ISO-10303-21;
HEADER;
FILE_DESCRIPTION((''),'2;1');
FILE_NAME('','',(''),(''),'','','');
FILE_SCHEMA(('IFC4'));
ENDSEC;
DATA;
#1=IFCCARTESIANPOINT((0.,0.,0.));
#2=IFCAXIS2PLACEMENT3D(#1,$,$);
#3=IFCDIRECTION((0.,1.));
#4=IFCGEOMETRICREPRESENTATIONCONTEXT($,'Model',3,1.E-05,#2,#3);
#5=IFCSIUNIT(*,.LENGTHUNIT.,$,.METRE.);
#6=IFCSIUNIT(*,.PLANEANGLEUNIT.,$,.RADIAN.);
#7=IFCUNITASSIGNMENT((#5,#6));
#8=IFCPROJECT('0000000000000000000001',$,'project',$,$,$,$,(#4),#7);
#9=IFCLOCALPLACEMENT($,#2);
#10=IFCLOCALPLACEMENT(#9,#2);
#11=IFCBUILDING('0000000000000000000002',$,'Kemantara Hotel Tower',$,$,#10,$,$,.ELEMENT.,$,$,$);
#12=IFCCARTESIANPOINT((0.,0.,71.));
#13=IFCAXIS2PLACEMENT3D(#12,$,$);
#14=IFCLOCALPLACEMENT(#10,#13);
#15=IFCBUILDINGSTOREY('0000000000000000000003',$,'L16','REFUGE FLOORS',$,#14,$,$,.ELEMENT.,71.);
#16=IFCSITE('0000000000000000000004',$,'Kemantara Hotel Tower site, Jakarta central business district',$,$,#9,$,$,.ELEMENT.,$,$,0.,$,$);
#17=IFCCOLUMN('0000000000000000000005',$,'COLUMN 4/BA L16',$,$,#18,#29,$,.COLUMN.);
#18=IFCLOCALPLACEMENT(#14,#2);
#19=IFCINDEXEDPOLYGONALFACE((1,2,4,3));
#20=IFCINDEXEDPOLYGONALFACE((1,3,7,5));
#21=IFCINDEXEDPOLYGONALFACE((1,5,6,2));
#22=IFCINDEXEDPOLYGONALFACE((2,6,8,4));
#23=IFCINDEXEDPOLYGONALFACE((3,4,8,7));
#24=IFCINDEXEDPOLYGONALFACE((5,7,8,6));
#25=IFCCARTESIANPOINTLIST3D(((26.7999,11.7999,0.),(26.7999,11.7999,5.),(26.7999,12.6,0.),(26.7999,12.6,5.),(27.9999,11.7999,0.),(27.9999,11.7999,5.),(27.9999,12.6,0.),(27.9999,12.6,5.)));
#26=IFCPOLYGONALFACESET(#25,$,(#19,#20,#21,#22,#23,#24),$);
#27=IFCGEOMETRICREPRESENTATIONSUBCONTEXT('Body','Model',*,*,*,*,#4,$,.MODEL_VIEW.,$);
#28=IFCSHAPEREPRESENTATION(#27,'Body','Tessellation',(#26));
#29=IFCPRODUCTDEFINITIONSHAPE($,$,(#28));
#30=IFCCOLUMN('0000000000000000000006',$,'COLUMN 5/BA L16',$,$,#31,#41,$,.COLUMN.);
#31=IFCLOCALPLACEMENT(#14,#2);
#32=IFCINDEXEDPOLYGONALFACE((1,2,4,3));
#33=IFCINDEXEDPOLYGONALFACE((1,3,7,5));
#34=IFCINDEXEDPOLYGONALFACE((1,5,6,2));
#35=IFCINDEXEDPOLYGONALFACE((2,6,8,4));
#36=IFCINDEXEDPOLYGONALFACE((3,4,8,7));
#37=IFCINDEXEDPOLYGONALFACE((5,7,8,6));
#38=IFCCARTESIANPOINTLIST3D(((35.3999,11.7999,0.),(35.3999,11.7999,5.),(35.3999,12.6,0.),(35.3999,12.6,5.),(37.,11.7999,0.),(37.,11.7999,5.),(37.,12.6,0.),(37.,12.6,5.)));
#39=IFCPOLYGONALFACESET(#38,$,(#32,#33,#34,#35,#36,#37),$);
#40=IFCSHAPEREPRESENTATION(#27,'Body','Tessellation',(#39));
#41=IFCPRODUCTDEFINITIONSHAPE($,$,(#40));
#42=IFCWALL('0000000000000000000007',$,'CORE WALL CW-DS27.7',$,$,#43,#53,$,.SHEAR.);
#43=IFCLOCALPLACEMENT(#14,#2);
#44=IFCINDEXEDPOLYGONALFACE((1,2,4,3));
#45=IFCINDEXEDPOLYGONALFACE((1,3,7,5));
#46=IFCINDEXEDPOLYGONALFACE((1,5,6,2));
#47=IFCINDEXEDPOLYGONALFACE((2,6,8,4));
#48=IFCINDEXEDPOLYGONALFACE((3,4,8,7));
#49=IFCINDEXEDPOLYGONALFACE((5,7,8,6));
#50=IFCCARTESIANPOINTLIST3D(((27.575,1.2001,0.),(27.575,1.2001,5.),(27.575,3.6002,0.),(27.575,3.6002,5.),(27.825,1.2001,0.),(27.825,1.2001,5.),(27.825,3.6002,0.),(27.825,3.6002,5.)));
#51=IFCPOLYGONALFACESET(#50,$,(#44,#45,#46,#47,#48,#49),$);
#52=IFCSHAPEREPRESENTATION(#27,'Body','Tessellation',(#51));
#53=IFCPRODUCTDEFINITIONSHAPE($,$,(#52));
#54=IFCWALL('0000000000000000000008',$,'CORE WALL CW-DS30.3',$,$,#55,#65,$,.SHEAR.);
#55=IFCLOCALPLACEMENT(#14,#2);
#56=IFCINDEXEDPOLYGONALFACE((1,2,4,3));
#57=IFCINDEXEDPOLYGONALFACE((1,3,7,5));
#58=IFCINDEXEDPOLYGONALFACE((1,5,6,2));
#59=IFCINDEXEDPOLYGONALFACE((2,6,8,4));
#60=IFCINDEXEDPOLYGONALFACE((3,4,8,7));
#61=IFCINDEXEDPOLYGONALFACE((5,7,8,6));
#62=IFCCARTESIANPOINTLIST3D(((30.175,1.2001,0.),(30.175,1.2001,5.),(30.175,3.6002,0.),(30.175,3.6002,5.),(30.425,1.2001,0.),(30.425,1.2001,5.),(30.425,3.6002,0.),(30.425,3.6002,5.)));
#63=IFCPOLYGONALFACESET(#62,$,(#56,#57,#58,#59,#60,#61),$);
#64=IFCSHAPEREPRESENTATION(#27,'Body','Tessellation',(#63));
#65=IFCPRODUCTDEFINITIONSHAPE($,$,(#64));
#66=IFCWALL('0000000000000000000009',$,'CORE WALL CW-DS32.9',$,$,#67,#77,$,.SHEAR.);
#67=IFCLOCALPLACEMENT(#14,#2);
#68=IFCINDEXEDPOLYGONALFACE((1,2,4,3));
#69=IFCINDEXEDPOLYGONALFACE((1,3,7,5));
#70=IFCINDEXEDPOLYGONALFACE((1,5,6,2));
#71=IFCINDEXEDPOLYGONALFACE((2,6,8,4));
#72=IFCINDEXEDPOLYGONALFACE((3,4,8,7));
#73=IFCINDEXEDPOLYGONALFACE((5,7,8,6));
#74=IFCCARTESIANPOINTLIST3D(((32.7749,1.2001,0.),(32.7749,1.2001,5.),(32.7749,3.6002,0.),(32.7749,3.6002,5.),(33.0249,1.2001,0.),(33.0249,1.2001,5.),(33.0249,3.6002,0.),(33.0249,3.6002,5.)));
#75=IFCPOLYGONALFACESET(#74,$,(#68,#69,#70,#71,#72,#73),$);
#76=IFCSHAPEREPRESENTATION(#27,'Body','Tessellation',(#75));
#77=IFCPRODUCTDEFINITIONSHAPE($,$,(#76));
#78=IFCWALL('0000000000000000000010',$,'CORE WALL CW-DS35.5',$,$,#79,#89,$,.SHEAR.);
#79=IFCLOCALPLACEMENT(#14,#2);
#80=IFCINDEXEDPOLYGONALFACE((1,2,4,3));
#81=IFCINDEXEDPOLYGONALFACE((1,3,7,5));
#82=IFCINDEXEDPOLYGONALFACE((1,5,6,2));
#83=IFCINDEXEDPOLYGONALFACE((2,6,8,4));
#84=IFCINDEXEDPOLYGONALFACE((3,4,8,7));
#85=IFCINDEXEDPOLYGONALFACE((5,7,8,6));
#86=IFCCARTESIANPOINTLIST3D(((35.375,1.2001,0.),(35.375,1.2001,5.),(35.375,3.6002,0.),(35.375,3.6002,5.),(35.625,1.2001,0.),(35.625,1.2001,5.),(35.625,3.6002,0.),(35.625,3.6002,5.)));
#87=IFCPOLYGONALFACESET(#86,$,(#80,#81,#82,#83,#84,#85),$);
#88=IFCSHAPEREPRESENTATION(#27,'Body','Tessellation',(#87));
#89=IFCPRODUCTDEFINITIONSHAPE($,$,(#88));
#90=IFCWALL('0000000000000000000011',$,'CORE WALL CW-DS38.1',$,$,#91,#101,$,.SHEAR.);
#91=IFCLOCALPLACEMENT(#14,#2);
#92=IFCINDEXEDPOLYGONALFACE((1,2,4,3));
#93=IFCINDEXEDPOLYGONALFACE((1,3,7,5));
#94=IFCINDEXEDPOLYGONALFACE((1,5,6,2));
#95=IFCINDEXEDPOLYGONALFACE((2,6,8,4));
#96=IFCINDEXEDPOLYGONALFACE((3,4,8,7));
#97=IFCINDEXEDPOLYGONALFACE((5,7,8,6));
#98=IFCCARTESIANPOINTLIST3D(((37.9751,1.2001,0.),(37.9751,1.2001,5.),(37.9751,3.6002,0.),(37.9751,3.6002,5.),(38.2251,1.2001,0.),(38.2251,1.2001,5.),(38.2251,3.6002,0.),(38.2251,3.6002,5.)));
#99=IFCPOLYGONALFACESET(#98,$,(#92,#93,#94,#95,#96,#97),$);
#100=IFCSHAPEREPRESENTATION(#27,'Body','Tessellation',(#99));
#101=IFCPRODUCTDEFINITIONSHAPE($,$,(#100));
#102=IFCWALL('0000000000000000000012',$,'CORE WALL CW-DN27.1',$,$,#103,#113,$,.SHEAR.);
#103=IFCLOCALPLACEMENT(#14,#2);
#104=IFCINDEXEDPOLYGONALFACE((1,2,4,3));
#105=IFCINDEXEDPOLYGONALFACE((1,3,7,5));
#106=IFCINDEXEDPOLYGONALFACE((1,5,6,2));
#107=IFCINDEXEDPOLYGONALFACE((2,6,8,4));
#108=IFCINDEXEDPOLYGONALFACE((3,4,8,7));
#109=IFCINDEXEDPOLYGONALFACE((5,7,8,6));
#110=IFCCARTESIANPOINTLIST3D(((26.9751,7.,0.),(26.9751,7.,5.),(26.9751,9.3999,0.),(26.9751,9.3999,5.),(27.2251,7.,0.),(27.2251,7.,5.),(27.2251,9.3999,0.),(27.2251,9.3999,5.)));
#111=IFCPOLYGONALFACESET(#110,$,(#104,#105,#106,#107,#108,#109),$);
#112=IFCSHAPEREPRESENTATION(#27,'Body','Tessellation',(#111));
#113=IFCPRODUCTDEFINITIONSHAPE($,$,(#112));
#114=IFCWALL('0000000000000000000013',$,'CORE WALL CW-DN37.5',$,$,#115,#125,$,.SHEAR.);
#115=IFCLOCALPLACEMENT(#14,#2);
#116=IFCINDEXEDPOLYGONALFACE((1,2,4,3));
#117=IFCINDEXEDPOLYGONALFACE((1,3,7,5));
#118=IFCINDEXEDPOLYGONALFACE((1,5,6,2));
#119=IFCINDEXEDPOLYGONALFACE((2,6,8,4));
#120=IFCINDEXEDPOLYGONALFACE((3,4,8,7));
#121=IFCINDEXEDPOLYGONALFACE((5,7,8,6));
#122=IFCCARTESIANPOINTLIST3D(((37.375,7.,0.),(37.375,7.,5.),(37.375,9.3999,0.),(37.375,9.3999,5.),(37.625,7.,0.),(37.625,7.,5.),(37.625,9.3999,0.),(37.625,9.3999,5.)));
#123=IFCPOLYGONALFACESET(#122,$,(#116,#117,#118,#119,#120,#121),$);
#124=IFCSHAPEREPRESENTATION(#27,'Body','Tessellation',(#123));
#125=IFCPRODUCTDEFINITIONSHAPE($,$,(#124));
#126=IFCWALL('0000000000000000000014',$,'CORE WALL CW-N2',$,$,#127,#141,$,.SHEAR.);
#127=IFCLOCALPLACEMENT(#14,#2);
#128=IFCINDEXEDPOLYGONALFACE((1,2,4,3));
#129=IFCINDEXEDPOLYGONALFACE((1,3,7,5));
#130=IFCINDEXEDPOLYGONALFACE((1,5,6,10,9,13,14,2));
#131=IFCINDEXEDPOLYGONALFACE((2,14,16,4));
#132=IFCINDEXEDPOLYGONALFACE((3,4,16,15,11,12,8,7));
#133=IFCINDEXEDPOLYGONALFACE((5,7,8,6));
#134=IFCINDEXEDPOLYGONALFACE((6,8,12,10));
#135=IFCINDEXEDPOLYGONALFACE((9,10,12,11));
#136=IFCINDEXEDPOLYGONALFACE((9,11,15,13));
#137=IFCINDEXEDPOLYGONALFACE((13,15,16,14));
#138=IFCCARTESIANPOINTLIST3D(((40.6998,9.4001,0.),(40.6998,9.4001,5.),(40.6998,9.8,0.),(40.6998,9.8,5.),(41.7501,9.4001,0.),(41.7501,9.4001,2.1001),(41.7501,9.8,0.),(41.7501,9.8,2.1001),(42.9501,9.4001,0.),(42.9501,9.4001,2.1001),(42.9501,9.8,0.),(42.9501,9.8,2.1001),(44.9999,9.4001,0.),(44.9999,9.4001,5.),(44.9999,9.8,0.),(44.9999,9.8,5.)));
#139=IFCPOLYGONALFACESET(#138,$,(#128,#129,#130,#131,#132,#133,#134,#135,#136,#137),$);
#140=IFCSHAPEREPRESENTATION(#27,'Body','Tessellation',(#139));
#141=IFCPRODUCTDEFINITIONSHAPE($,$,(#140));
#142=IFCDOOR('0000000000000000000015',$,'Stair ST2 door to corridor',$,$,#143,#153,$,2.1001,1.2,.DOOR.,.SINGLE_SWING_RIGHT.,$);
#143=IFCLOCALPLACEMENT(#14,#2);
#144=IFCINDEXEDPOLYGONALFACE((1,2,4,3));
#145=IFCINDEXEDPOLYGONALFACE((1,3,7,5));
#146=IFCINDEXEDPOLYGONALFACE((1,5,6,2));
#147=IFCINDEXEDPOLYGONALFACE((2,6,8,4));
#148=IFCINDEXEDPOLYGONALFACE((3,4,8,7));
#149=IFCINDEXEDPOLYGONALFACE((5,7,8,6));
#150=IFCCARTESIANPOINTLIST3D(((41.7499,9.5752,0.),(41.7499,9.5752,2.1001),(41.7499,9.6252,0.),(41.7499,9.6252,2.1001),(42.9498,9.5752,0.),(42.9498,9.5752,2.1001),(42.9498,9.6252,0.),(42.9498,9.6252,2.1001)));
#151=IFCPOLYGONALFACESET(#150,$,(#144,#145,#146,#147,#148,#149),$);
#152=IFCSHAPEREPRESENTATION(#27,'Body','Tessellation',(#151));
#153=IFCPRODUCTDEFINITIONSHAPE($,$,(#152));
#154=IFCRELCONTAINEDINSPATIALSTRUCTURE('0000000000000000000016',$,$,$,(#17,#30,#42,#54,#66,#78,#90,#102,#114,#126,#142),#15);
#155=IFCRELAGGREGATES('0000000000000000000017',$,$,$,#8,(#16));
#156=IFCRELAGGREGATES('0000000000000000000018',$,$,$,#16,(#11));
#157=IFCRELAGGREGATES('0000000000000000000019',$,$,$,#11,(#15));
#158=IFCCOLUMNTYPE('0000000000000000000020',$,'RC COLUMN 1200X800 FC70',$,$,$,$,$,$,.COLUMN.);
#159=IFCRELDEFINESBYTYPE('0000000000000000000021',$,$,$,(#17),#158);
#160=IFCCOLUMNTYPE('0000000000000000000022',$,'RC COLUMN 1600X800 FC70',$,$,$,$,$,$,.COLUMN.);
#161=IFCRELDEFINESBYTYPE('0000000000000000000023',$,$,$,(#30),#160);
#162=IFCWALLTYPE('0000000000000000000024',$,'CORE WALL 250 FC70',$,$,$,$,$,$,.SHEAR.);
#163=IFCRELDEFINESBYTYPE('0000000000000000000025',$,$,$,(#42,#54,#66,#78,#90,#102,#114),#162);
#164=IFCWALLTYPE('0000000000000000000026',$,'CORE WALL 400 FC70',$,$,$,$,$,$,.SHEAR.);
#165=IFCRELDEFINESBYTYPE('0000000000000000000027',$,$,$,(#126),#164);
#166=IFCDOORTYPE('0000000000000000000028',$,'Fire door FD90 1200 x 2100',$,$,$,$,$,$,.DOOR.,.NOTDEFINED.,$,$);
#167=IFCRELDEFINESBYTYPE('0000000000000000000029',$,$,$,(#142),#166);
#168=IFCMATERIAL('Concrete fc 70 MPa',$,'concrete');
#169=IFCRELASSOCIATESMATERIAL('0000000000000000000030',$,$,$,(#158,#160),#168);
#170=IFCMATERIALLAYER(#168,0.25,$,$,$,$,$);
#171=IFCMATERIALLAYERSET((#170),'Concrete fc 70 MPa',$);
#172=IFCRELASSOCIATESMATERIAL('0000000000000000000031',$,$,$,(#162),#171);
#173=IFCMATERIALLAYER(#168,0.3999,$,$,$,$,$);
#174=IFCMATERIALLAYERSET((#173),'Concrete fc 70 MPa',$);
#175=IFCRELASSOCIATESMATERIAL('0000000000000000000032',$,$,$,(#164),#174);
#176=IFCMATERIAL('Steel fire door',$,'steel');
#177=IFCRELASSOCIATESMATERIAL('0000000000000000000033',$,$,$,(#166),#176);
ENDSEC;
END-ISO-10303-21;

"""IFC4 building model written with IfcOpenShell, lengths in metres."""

from ifc_helpers import new_model, si_unit, direction, frame, frame_2d, origin, origin_2d, place, context, subcontext, project, spatial, rectangle, extrude, material, layer, layer_set, material_profile, profile_set, type_object, element, fill, save


model = new_model("IFC4")

# Units and contexts
model_context = context("Model", 3, precision=1e-05, world=origin(), true_north=direction((0.0, 1.0)))
body_context = subcontext(model_context, "Body", "Model", "MODEL_VIEW")
ifc_project = project(units=[si_unit("LENGTHUNIT", "METRE"), si_unit("PLANEANGLEUNIT", "RADIAN")], contexts=[model_context])

# Site, building, storey
site_placement = place(None, origin())
site = spatial("IfcSite", under=ifc_project, at=site_placement, Name="Kemantara Hotel Tower site, Jakarta central business district", CompositionType="ELEMENT", RefElevation=0.0)
building_placement = place(site_placement, origin())
building = spatial("IfcBuilding", under=site, at=building_placement, Name="Kemantara Hotel Tower", CompositionType="ELEMENT")
storey_placement = place(building_placement, frame((0.0, 0.0, 71.0)))
storey = spatial("IfcBuildingStorey", under=building, at=storey_placement, Name="L16", Description="REFUGE FLOORS", CompositionType="ELEMENT", Elevation=71.0)

# Columns
ifc_material_1 = material(Name="Concrete fc 70 MPa", Category="concrete")
ifc_material_profile_1 = material_profile(ifc_material_1, rectangle(XDim=1.2, YDim=0.8, at=origin_2d()), Name="RC 1200X800")
ifc_profile_set_1 = profile_set([ifc_material_profile_1], Name="Concrete fc 70 MPa")
column_type_1 = type_object("IfcColumnType", Name="RC COLUMN 1200X800 FC70", PredefinedType="COLUMN", material=ifc_profile_set_1)
column_1_placement = place(storey_placement, frame((27.3999, 12.2, 0.0), z_axis=(0.0, 0.0, 1.0), x_axis=(1.0, 0.0, 0.0)))
element("IfcColumn", 1, at=column_1_placement, inside=storey, type_object=column_type_1, Name="COLUMN 4/BA L16", PredefinedType="COLUMN", context=body_context, shape_type="SweptSolid", body=[
    extrude(rectangle(XDim=1.2, YDim=0.8, at=origin_2d()), origin(), (0.0, 0.0, 1.0), 5.0),
])
ifc_material_profile_2 = material_profile(ifc_material_1, rectangle(XDim=1.6001, YDim=0.8, at=origin_2d()), Name="RC 1600X800")
ifc_profile_set_2 = profile_set([ifc_material_profile_2], Name="Concrete fc 70 MPa")
column_type_2 = type_object("IfcColumnType", Name="RC COLUMN 1600X800 FC70", PredefinedType="COLUMN", material=ifc_profile_set_2)
column_2_placement = place(storey_placement, frame((36.2, 12.2, 0.0), z_axis=(0.0, 0.0, 1.0), x_axis=(1.0, 0.0, 0.0)))
element("IfcColumn", 2, at=column_2_placement, inside=storey, type_object=column_type_2, Name="COLUMN 5/BA L16", PredefinedType="COLUMN", context=body_context, shape_type="SweptSolid", body=[
    extrude(rectangle(XDim=1.6001, YDim=0.8, at=origin_2d()), origin(), (0.0, 0.0, 1.0), 5.0),
])

# Walls
ifc_layer_1 = layer(ifc_material_1, 0.25)
ifc_layer_set_1 = layer_set([ifc_layer_1], Name="Concrete fc 70 MPa")
wall_type_1 = type_object("IfcWallType", Name="CORE WALL 250 FC70", PredefinedType="SHEAR", material=ifc_layer_set_1)
for number, where, z_axis, x_axis, name in (
    (3, (27.7, 1.2, 0.0), (0.0, 0.0, 1.0), (0.0, 1.0, 0.0), "CORE WALL CW-DS27.7"),
    (4, (30.3, 1.2, 0.0), (0.0, 0.0, 1.0), (0.0, 1.0, 0.0), "CORE WALL CW-DS30.3"),
    (5, (32.8999, 1.2, 0.0), (0.0, 0.0, 1.0), (0.0, 1.0, 0.0), "CORE WALL CW-DS32.9"),
    (6, (35.5, 1.2, 0.0), (0.0, 0.0, 1.0), (0.0, 1.0, 0.0), "CORE WALL CW-DS35.5"),
    (7, (38.1001, 1.2, 0.0), (0.0, 0.0, 1.0), (0.0, 1.0, 0.0), "CORE WALL CW-DS38.1"),
):
    element("IfcWall", number, at=place(storey_placement, frame(where, z_axis=z_axis, x_axis=x_axis)), inside=storey, type_object=wall_type_1, Name=name, PredefinedType="SHEAR", context=body_context, shape_type="SweptSolid", body=[
        extrude(rectangle(XDim=2.4001, YDim=0.25, at=frame_2d((1.2002, 0.0))), origin(), (0.0, 0.0, 1.0), 5.0),
    ])
for number, where, z_axis, x_axis, name in (
    (8, (27.1001, 7.0, 0.0), (0.0, 0.0, 1.0), (0.0, 1.0, 0.0), "CORE WALL CW-DN27.1"),
    (9, (37.5, 7.0, 0.0), (0.0, 0.0, 1.0), (0.0, 1.0, 0.0), "CORE WALL CW-DN37.5"),
):
    element("IfcWall", number, at=place(storey_placement, frame(where, z_axis=z_axis, x_axis=x_axis)), inside=storey, type_object=wall_type_1, Name=name, PredefinedType="SHEAR", context=body_context, shape_type="SweptSolid", body=[
        extrude(rectangle(XDim=2.3999, YDim=0.25, at=frame_2d((1.2, 0.0))), origin(), (0.0, 0.0, 1.0), 5.0),
    ])

# Wall, opening, door
ifc_layer_2 = layer(ifc_material_1, 0.3999)
ifc_layer_set_2 = layer_set([ifc_layer_2], Name="Concrete fc 70 MPa")
wall_type_2 = type_object("IfcWallType", Name="CORE WALL 400 FC70", PredefinedType="SHEAR", material=ifc_layer_set_2)
wall_1_placement = place(storey_placement, frame((40.7, 9.6001, 0.0), z_axis=(0.0, 0.0, 1.0), x_axis=(1.0, 0.0, 0.0)))
wall_1 = element("IfcWall", 10, at=wall_1_placement, inside=storey, type_object=wall_type_2, Name="CORE WALL CW-N2", PredefinedType="SHEAR", context=body_context, shape_type="SweptSolid", body=[
    extrude(rectangle(XDim=4.3, YDim=0.3999, at=frame_2d((2.1499, 0.0))), origin(), (0.0, 0.0, 1.0), 5.0),
])
opening_1_placement = place(wall_1_placement, frame((1.05, 0.0, 0.0)))
opening_1 = element("IfcOpeningElement", 11, at=opening_1_placement, cuts=wall_1, PredefinedType="OPENING", context=body_context, shape_type="SweptSolid", body=[
    extrude(rectangle(XDim=1.2, YDim=2.1001, at=frame_2d((0.6001, 1.05))), frame((0.0, 0.21, 0.0), z_axis=(0.0, -1.0, 0.0), x_axis=(1.0, 0.0, 0.0)), (0.0, 0.0, 1.0), 0.4199),
])
ifc_material_2 = material(Name="Steel fire door", Category="steel")
door_type_1 = type_object("IfcDoorType", Name="Fire door FD90 1200 x 2100", OperationType="NOTDEFINED", PredefinedType="DOOR", material=ifc_material_2)
door_1_placement = place(opening_1_placement, frame((1.2, 0.0, 0.0), z_axis=(0.0, 0.0, 1.0), x_axis=(-1.0, 0.0, 0.0)))
door_1 = element("IfcDoor", 12, at=door_1_placement, inside=storey, type_object=door_type_1, Name="Stair ST2 door to corridor", OperationType="SINGLE_SWING_RIGHT", OverallHeight=2.1001, OverallWidth=1.2, PredefinedType="DOOR", context=body_context, shape_type="SweptSolid", body=[
    extrude(rectangle(XDim=1.2, YDim=2.1001, at=frame_2d((0.6001, 1.05))), frame((0.0, 0.0249, 0.0), z_axis=(0.0, -1.0, 0.0), x_axis=(1.0, 0.0, 0.0)), (0.0, 0.0, 1.0), 0.05),
])
fill(opening_1, door_1)

save(model, "model.ifc")
